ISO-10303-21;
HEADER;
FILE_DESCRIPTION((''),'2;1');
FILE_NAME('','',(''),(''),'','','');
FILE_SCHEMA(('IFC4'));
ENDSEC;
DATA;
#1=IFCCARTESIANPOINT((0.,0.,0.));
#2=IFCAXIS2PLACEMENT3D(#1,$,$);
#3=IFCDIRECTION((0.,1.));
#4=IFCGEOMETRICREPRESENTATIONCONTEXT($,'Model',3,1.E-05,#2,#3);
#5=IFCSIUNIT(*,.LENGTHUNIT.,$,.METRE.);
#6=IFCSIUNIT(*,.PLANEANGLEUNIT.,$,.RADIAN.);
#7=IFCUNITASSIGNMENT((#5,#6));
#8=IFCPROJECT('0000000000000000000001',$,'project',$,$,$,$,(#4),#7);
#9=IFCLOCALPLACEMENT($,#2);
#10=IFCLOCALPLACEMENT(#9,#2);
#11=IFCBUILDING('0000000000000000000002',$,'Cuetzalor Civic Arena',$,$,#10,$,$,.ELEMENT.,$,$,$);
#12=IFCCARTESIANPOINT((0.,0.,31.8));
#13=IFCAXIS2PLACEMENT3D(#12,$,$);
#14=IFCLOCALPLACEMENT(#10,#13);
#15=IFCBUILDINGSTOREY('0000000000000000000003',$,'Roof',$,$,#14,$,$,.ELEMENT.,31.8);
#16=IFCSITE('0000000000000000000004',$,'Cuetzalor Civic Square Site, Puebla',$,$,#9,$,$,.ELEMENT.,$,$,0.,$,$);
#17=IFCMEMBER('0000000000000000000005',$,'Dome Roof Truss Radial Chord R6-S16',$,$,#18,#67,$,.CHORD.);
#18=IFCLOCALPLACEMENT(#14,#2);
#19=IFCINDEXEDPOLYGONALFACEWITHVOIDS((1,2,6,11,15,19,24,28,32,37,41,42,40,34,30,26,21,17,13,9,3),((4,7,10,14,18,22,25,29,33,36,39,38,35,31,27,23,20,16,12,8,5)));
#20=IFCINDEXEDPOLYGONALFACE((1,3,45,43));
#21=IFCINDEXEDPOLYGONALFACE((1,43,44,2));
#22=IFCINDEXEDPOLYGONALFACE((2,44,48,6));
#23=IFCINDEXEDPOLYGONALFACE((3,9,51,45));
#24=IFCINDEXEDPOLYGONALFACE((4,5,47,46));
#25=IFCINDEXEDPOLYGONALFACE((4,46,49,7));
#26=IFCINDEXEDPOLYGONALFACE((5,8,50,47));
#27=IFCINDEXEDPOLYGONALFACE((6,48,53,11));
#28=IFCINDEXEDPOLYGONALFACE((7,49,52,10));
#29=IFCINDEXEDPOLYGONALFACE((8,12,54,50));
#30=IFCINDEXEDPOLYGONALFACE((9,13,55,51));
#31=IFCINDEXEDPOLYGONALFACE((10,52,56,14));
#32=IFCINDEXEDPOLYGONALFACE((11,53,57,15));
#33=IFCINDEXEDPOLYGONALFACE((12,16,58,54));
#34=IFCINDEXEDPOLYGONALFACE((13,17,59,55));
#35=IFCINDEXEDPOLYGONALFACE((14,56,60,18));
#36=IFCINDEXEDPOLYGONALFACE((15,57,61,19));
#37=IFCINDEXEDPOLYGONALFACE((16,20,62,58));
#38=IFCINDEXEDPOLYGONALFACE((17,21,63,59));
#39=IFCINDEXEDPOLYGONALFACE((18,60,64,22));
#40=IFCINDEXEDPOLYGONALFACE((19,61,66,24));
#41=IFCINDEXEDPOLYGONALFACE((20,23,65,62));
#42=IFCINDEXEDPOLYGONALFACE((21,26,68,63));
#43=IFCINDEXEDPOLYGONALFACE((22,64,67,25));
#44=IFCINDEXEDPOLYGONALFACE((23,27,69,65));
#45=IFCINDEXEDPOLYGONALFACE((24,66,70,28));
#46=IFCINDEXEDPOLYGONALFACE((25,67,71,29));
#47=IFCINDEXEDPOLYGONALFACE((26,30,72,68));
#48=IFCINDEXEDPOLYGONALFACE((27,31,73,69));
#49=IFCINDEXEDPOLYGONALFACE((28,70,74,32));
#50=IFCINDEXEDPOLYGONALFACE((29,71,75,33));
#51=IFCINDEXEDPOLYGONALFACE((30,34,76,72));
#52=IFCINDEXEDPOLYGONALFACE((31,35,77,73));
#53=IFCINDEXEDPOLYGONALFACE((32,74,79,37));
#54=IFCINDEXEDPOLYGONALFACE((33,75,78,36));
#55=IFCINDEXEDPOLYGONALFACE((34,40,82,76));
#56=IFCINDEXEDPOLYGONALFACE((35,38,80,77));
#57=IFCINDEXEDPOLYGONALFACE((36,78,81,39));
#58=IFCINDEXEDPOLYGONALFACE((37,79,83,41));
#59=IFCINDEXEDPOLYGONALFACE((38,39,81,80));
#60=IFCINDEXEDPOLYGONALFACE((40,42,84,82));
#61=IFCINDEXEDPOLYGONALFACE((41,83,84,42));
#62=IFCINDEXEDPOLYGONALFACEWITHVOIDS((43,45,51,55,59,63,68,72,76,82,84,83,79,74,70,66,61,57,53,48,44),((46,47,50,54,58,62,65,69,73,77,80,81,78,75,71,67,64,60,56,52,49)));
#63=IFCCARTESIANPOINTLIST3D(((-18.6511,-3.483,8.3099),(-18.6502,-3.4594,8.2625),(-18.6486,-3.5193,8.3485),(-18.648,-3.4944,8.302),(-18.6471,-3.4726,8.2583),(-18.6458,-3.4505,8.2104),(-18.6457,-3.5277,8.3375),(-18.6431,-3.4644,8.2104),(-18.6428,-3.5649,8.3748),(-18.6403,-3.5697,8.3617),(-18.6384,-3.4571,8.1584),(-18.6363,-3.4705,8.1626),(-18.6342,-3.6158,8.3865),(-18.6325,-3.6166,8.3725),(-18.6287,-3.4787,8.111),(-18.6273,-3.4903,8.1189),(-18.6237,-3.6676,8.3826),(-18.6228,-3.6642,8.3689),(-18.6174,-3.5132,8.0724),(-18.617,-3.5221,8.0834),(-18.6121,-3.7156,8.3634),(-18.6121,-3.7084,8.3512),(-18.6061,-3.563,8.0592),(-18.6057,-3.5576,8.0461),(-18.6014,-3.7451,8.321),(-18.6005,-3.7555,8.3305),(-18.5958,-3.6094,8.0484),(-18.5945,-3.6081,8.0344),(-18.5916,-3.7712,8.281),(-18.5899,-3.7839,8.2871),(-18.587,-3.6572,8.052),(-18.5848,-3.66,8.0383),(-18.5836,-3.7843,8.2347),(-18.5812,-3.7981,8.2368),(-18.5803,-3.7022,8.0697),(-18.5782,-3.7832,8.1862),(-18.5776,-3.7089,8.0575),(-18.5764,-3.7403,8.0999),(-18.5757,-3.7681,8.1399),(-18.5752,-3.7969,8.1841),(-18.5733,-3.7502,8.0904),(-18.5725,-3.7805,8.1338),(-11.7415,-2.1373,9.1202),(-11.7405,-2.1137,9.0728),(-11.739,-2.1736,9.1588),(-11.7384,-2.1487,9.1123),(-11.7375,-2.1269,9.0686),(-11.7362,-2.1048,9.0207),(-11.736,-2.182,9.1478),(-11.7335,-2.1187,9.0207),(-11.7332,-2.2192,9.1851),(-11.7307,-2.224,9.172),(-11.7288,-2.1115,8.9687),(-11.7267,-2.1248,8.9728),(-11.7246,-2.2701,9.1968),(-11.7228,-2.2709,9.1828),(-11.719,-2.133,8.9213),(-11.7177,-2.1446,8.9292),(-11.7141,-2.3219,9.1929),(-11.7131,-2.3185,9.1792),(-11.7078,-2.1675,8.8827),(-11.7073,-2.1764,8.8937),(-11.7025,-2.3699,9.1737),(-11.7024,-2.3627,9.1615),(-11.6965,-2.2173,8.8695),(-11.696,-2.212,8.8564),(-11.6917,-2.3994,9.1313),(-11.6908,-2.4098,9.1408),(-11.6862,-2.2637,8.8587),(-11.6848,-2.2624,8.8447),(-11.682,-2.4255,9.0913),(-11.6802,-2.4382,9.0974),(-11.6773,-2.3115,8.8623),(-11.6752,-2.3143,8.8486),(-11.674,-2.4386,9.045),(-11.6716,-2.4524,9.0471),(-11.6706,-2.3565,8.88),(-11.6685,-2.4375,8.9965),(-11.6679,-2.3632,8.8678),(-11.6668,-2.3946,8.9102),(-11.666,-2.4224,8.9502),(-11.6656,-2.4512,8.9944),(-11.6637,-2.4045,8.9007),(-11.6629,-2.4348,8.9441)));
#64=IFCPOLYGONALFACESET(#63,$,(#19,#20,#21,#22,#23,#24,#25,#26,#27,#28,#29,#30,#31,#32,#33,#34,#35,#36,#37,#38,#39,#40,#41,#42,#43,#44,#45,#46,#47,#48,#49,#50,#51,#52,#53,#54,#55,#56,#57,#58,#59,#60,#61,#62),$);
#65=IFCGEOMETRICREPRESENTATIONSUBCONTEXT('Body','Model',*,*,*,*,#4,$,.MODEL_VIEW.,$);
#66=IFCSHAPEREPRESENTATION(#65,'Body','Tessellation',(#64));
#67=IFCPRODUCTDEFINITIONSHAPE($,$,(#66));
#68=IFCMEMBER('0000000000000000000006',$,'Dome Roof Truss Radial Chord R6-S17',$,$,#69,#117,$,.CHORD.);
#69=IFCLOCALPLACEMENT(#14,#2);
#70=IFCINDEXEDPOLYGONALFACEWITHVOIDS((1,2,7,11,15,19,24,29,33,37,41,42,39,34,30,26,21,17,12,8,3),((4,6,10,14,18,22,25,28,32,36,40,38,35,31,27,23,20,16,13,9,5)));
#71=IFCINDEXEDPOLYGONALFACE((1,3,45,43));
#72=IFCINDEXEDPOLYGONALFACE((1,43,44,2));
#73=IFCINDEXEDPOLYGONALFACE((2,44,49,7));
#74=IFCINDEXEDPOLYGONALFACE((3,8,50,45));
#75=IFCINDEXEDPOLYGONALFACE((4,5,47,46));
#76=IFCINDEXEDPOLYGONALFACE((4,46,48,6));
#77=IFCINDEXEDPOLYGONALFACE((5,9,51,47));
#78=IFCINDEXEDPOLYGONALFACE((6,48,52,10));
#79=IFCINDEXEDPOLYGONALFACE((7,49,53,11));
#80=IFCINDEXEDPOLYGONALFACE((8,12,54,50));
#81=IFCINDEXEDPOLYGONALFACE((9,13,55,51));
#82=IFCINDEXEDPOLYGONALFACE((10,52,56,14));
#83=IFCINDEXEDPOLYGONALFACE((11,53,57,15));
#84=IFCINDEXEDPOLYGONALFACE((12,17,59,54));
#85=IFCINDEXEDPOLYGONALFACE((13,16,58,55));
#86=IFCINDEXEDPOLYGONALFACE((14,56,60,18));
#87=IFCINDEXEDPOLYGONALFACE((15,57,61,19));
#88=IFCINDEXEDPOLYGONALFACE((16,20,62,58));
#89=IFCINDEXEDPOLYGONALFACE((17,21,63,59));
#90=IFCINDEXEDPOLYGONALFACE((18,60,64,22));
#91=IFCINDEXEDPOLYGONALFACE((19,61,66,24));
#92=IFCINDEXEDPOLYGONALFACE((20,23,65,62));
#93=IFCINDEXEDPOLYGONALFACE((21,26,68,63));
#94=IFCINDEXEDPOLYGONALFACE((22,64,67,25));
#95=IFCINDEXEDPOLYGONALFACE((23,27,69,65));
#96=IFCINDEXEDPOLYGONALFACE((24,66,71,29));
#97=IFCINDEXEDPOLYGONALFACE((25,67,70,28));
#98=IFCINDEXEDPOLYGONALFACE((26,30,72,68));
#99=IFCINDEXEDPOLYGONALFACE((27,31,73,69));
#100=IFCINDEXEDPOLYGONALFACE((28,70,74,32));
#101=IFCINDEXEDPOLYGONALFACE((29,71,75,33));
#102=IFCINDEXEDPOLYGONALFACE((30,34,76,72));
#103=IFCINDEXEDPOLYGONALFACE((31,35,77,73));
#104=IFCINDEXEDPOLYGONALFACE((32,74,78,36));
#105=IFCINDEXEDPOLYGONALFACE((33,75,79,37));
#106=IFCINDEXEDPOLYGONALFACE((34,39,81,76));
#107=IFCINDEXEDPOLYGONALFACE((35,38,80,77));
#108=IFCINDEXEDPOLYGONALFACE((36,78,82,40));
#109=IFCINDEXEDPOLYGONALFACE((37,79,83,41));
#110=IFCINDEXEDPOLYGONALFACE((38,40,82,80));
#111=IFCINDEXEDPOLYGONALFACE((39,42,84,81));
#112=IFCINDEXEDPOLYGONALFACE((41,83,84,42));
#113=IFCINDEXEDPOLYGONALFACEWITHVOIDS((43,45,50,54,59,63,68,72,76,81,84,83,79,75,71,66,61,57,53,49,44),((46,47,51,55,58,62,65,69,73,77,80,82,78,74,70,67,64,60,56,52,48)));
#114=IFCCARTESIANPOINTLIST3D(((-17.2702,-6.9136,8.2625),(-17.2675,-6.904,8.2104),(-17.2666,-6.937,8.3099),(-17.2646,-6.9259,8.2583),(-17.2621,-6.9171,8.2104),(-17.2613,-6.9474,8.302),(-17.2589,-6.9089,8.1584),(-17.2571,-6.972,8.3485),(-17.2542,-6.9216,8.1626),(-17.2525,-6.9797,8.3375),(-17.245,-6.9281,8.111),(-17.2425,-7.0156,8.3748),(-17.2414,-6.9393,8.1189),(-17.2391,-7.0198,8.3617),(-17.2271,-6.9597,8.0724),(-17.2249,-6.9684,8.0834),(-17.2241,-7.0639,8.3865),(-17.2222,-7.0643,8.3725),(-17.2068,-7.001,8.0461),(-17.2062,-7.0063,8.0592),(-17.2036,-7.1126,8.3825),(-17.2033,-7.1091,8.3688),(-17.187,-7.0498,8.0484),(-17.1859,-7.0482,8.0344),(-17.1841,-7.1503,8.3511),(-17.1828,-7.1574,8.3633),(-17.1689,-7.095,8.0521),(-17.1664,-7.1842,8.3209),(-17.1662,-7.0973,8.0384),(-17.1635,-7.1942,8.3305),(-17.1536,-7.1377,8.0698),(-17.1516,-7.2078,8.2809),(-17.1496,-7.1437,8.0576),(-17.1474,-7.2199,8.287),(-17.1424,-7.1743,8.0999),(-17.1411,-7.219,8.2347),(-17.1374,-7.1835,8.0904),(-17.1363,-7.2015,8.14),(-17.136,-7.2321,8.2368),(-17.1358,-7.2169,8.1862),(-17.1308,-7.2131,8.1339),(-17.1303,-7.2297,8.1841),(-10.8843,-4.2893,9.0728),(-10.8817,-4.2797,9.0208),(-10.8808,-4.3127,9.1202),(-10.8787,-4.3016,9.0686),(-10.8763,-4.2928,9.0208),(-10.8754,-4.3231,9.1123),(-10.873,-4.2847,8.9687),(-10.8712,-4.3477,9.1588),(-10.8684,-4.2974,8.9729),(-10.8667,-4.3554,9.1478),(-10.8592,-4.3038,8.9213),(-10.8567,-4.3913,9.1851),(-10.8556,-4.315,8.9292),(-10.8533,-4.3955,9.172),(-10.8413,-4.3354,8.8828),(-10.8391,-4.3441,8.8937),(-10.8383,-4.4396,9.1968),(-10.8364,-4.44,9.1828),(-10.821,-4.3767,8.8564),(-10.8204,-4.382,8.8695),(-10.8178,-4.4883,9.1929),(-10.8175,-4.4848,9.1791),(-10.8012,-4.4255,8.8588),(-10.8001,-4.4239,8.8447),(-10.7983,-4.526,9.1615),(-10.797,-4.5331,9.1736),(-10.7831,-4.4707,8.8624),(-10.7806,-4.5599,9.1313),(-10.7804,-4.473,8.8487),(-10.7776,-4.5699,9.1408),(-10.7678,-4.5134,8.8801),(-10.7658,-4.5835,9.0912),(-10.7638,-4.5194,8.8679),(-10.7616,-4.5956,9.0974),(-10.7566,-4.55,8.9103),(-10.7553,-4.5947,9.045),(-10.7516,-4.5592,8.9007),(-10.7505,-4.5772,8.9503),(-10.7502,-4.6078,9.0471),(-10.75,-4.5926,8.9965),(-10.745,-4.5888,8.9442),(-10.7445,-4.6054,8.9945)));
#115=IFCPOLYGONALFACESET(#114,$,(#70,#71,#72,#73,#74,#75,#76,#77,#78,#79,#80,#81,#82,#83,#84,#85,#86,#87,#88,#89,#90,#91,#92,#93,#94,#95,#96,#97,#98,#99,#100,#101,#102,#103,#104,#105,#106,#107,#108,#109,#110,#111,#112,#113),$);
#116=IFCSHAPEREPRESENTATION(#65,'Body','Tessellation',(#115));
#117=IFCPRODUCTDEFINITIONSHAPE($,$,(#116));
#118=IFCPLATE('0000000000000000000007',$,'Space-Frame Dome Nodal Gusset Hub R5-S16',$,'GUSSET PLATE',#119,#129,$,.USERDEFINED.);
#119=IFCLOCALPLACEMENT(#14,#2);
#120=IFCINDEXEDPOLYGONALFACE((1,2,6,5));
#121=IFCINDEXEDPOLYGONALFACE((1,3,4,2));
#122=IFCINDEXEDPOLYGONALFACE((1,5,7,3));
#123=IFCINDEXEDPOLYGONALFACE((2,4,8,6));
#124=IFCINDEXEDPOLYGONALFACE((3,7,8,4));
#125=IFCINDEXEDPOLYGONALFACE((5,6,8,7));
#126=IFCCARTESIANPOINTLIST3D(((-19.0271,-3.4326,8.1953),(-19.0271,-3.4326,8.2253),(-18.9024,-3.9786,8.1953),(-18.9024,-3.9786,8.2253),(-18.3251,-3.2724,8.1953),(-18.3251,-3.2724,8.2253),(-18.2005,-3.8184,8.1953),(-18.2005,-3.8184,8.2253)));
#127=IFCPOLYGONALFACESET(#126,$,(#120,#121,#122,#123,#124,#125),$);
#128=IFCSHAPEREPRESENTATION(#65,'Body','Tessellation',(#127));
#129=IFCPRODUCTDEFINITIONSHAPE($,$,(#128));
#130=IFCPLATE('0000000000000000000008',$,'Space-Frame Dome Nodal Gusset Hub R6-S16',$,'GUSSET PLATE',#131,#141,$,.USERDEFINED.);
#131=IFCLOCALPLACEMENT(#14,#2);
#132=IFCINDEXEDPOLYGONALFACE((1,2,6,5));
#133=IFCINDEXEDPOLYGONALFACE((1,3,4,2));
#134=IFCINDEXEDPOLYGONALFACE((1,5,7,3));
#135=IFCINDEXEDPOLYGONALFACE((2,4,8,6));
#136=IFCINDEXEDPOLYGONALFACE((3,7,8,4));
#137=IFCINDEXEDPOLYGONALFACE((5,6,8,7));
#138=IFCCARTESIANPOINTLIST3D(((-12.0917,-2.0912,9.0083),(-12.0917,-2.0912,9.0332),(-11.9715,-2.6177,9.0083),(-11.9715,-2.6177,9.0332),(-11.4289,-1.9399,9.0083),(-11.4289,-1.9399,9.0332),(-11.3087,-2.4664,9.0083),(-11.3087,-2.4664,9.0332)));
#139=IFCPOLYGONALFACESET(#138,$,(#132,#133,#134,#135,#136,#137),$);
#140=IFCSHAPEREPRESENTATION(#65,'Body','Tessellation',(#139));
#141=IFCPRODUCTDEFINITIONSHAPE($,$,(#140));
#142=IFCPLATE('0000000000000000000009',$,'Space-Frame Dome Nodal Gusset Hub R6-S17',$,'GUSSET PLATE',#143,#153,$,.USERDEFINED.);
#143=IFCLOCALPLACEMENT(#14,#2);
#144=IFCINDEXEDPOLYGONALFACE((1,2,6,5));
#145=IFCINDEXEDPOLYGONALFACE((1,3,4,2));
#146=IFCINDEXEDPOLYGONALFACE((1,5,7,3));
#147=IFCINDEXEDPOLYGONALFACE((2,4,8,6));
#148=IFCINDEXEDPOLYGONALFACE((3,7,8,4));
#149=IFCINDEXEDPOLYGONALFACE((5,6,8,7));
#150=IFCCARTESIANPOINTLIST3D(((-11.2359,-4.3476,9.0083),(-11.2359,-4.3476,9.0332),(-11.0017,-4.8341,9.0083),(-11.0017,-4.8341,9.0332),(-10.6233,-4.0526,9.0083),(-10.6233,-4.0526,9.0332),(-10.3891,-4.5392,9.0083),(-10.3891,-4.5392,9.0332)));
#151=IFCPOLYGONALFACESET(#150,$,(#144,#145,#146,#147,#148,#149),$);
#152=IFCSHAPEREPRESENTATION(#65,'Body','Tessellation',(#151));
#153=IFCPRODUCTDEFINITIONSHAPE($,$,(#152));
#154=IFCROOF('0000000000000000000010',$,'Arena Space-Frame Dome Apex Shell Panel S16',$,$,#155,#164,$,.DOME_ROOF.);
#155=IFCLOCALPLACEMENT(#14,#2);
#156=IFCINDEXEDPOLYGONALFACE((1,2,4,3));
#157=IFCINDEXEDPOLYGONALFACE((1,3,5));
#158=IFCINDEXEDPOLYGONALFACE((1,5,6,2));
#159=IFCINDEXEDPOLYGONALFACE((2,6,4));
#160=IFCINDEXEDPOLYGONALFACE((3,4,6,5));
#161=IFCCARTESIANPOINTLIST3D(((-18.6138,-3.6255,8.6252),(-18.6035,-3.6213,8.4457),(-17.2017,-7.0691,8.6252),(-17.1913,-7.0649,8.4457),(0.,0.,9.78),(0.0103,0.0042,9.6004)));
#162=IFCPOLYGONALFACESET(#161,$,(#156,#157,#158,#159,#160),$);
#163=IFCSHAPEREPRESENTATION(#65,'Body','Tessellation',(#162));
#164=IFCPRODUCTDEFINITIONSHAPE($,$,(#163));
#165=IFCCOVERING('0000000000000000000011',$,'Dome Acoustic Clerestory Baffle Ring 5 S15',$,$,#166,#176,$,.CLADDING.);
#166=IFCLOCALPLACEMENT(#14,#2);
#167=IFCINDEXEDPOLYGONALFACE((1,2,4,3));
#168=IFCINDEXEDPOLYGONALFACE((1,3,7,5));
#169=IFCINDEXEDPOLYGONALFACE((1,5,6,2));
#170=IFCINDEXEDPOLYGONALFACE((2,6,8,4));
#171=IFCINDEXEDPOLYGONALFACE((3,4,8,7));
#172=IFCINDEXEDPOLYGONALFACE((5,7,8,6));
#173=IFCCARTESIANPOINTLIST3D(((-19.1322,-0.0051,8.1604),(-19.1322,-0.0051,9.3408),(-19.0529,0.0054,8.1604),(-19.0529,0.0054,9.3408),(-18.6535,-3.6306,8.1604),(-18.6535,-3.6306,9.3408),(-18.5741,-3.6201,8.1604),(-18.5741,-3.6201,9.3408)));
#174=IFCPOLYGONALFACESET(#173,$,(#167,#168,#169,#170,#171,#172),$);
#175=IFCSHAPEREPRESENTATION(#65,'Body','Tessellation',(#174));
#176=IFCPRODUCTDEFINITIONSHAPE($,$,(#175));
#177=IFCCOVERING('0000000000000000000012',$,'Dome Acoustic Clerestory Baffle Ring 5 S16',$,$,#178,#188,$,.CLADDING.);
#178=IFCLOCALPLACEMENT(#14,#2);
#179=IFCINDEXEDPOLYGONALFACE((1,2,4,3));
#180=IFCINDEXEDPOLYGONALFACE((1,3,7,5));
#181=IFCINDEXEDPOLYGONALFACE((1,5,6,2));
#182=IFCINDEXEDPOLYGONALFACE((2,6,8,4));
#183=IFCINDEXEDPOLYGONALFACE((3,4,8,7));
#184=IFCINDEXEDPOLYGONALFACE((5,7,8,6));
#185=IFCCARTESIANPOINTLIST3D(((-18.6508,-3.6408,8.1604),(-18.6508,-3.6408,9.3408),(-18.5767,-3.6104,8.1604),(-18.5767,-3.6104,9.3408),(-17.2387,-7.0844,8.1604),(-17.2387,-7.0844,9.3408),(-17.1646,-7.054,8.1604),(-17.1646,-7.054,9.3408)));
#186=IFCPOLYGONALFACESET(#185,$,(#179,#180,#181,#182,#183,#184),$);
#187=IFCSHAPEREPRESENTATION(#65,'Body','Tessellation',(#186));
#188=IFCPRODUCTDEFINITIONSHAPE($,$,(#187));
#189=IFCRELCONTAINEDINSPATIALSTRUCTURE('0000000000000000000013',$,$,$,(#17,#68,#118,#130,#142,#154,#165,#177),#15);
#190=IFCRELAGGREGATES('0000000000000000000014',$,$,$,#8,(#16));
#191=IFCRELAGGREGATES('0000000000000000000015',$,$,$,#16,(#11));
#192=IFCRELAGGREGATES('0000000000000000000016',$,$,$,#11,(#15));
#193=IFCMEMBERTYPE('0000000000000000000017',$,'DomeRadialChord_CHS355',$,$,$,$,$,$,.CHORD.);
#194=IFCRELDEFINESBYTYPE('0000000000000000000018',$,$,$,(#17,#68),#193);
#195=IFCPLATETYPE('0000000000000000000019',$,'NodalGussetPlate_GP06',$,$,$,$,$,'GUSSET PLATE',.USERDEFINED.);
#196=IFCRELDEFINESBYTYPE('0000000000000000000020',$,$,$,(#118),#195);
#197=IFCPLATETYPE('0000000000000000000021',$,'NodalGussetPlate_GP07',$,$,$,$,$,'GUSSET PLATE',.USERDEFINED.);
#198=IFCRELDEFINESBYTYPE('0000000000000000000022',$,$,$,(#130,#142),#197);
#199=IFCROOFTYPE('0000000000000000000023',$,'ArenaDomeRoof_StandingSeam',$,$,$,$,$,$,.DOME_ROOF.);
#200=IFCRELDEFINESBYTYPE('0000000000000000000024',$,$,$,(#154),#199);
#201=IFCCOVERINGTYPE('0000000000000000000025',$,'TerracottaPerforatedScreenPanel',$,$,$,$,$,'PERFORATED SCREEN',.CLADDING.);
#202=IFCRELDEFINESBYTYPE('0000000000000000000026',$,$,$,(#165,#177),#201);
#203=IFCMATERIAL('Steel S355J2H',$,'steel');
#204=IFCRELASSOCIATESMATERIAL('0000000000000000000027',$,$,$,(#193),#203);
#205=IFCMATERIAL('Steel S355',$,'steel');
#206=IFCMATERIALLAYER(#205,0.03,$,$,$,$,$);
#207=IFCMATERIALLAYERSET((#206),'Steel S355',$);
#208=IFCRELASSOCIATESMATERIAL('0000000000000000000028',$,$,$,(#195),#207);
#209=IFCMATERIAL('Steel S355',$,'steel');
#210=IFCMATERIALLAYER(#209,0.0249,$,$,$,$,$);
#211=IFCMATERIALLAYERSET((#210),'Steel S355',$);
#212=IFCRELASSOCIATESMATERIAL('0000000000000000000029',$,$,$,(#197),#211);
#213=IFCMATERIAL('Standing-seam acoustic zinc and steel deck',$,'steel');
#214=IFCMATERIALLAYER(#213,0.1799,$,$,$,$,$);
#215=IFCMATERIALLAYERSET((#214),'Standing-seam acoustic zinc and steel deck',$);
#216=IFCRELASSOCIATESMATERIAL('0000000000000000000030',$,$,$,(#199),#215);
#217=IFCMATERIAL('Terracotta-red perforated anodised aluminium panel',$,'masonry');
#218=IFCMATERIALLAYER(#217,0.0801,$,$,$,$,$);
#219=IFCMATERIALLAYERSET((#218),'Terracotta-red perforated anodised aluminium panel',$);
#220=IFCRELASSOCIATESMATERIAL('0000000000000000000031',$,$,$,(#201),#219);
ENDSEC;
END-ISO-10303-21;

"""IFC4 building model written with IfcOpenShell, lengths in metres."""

from ifc_helpers import new_model, si_unit, direction, frame, frame_2d, origin, origin_2d, place, context, subcontext, project, spatial, polyline, rectangle, hollow_circle, outline, extrude, material, layer, layer_set, material_profile, profile_set, type_object, element, save


model = new_model("IFC4")

# Units and contexts
model_context = context("Model", 3, precision=1e-05, world=origin(), true_north=direction((0.0, 1.0)))
body_context = subcontext(model_context, "Body", "Model", "MODEL_VIEW")
ifc_project = project(units=[si_unit("LENGTHUNIT", "METRE"), si_unit("PLANEANGLEUNIT", "RADIAN")], contexts=[model_context])

# Site, building, storey
site_placement = place(None, origin())
site = spatial("IfcSite", under=ifc_project, at=site_placement, Name="Cuetzalor Civic Square Site, Puebla", CompositionType="ELEMENT", RefElevation=0.0)
building_placement = place(site_placement, origin())
building = spatial("IfcBuilding", under=site, at=building_placement, Name="Cuetzalor Civic Arena", CompositionType="ELEMENT")
storey_placement = place(building_placement, frame((0.0, 0.0, 31.8)))
storey = spatial("IfcBuildingStorey", under=building, at=storey_placement, Name="Roof", CompositionType="ELEMENT", Elevation=31.8)

# Members
ifc_material_1 = material(Name="Steel S355J2H", Category="steel")
ifc_material_profile_1 = material_profile(ifc_material_1, hollow_circle(Radius=0.1777, WallThickness=0.0142, at=origin_2d()), Name="CHS 355.6x14.2")
ifc_profile_set_1 = profile_set([ifc_material_profile_1], Name="Steel S355J2H")
member_type_1 = type_object("IfcMemberType", Name="DomeRadialChord_CHS355", PredefinedType="CHORD", material=ifc_profile_set_1)
member_1_placement = place(storey_placement, frame((-18.6118, -3.625, 8.2104), z_axis=(0.975119, 0.189911, 0.114353), x_axis=(-0.191165, 0.981558, 0.0)))
element("IfcMember", 1, at=member_1_placement, inside=storey, type_object=member_type_1, Name="Dome Roof Truss Radial Chord R6-S16", PredefinedType="CHORD", context=body_context, shape_type="SweptSolid", body=[
    extrude(hollow_circle(Radius=0.1777, WallThickness=0.0142, at=origin_2d()), origin(), (0.0, 0.0, 1.0), 7.0859),
])
member_2_placement = place(storey_placement, frame((-17.2, -7.0684, 8.2104), z_axis=(0.918635, 0.37752, 0.116568), x_axis=(-0.380111, 0.924941, 0.0)))
element("IfcMember", 2, at=member_2_placement, inside=storey, type_object=member_type_1, Name="Dome Roof Truss Radial Chord R6-S17", PredefinedType="CHORD", context=body_context, shape_type="SweptSolid", body=[
    extrude(hollow_circle(Radius=0.1777, WallThickness=0.0142, at=origin_2d()), origin(), (0.0, 0.0, 1.0), 6.9514),
])

# Plates
ifc_material_2 = material(Name="Steel S355", Category="steel")
ifc_layer_1 = layer(ifc_material_2, 0.03)
ifc_layer_set_1 = layer_set([ifc_layer_1], Name="Steel S355")
plate_type_1 = type_object("IfcPlateType", Name="NodalGussetPlate_GP06", ElementType="GUSSET PLATE", PredefinedType="USERDEFINED", material=ifc_layer_set_1)
plate_placement = place(storey_placement, frame((-18.6138, -3.6255, 8.1953), z_axis=(0.0, 0.0, 1.0), x_axis=(-0.974917, -0.22257, 0.0)))
element("IfcPlate", 3, at=plate_placement, inside=storey, type_object=plate_type_1, Name="Space-Frame Dome Nodal Gusset Hub R5-S16", ObjectType="GUSSET PLATE", PredefinedType="USERDEFINED", context=body_context, shape_type="SweptSolid", body=[
    extrude(rectangle(XDim=0.72, YDim=0.5601, at=origin_2d()), origin(), (0.0, 0.0, 1.0), 0.03),
])
ifc_material_3 = material(Name="Steel S355", Category="steel")
ifc_layer_2 = layer(ifc_material_3, 0.0249)
ifc_layer_set_2 = layer_set([ifc_layer_2], Name="Steel S355")
plate_type_2 = type_object("IfcPlateType", Name="NodalGussetPlate_GP07", ElementType="GUSSET PLATE", PredefinedType="USERDEFINED", material=ifc_layer_set_2)
for number, where, z_axis, x_axis, name in (
    (4, (-11.7002, -2.2788, 9.0083), (0.0, 0.0, 1.0), (-0.974917, -0.22257, 0.0), "Space-Frame Dome Nodal Gusset Hub R6-S16"),
    (5, (-10.8125, -4.4434, 9.0083), (0.0, 0.0, 1.0), (-0.901001, -0.433816, 0.0), "Space-Frame Dome Nodal Gusset Hub R6-S17"),
):
    element("IfcPlate", number, at=place(storey_placement, frame(where, z_axis=z_axis, x_axis=x_axis)), inside=storey, type_object=plate_type_2, Name=name, ObjectType="GUSSET PLATE", PredefinedType="USERDEFINED", context=body_context, shape_type="SweptSolid", body=[
        extrude(rectangle(XDim=0.6799, YDim=0.54, at=origin_2d()), origin(), (0.0, 0.0, 1.0), 0.0249),
    ])

# Roof
ifc_material_4 = material(Name="Standing-seam acoustic zinc and steel deck", Category="steel")
ifc_layer_3 = layer(ifc_material_4, 0.1799)
ifc_layer_set_3 = layer_set([ifc_layer_3], Name="Standing-seam acoustic zinc and steel deck")
roof_type = type_object("IfcRoofType", Name="ArenaDomeRoof_StandingSeam", PredefinedType="DOME_ROOF", material=ifc_layer_set_3)
roof_placement = place(storey_placement, frame((-18.6138, -3.6255, 8.6252), z_axis=(-0.05734, -0.023513, 0.998078), x_axis=(0.379407, -0.92523, 0.0)))
element("IfcRoof", 6, at=roof_placement, inside=storey, type_object=roof_type, Name="Arena Space-Frame Dome Apex Shell Panel S16", PredefinedType="DOME_ROOF", context=body_context, shape_type="SweptSolid", body=[
    extrude(outline(polyline([(0.0, 0.0), (3.7219, 0.0), (3.7078, 18.6334), (0.0, 0.0)])), origin(), (0.0, 0.0, -1.0), 0.1799),
])

# Coverings
ifc_material_5 = material(Name="Terracotta-red perforated anodised aluminium panel", Category="masonry")
ifc_layer_4 = layer(ifc_material_5, 0.0801)
ifc_layer_set_4 = layer_set([ifc_layer_4], Name="Terracotta-red perforated anodised aluminium panel")
covering_type = type_object("IfcCoveringType", Name="TerracottaPerforatedScreenPanel", ElementType="PERFORATED SCREEN", PredefinedType="CLADDING", material=ifc_layer_set_4)
covering_1_placement = place(storey_placement, frame((-18.6138, -3.6255, 8.1604), z_axis=(0.0, 0.0, 1.0), x_axis=(-0.130917, 0.991393, 0.0)))
element("IfcCovering", 7, at=covering_1_placement, inside=storey, type_object=covering_type, Name="Dome Acoustic Clerestory Baffle Ring 5 S15", PredefinedType="CLADDING", context=body_context, shape_type="SweptSolid", body=[
    extrude(rectangle(XDim=3.657, YDim=0.0801, at=frame_2d((1.8286, 0.0))), origin(), (0.0, 0.0, 1.0), 1.1804),
])
covering_2_placement = place(storey_placement, frame((-17.2017, -7.0691, 8.1604), z_axis=(0.0, 0.0, 1.0), x_axis=(-0.379407, 0.92523, 0.0)))
element("IfcCovering", 8, at=covering_2_placement, inside=storey, type_object=covering_type, Name="Dome Acoustic Clerestory Baffle Ring 5 S16", PredefinedType="CLADDING", context=body_context, shape_type="SweptSolid", body=[
    extrude(rectangle(XDim=3.7219, YDim=0.0801, at=frame_2d((1.8608, 0.0))), origin(), (0.0, 0.0, 1.0), 1.1804),
])

save(model, "model.ifc")
